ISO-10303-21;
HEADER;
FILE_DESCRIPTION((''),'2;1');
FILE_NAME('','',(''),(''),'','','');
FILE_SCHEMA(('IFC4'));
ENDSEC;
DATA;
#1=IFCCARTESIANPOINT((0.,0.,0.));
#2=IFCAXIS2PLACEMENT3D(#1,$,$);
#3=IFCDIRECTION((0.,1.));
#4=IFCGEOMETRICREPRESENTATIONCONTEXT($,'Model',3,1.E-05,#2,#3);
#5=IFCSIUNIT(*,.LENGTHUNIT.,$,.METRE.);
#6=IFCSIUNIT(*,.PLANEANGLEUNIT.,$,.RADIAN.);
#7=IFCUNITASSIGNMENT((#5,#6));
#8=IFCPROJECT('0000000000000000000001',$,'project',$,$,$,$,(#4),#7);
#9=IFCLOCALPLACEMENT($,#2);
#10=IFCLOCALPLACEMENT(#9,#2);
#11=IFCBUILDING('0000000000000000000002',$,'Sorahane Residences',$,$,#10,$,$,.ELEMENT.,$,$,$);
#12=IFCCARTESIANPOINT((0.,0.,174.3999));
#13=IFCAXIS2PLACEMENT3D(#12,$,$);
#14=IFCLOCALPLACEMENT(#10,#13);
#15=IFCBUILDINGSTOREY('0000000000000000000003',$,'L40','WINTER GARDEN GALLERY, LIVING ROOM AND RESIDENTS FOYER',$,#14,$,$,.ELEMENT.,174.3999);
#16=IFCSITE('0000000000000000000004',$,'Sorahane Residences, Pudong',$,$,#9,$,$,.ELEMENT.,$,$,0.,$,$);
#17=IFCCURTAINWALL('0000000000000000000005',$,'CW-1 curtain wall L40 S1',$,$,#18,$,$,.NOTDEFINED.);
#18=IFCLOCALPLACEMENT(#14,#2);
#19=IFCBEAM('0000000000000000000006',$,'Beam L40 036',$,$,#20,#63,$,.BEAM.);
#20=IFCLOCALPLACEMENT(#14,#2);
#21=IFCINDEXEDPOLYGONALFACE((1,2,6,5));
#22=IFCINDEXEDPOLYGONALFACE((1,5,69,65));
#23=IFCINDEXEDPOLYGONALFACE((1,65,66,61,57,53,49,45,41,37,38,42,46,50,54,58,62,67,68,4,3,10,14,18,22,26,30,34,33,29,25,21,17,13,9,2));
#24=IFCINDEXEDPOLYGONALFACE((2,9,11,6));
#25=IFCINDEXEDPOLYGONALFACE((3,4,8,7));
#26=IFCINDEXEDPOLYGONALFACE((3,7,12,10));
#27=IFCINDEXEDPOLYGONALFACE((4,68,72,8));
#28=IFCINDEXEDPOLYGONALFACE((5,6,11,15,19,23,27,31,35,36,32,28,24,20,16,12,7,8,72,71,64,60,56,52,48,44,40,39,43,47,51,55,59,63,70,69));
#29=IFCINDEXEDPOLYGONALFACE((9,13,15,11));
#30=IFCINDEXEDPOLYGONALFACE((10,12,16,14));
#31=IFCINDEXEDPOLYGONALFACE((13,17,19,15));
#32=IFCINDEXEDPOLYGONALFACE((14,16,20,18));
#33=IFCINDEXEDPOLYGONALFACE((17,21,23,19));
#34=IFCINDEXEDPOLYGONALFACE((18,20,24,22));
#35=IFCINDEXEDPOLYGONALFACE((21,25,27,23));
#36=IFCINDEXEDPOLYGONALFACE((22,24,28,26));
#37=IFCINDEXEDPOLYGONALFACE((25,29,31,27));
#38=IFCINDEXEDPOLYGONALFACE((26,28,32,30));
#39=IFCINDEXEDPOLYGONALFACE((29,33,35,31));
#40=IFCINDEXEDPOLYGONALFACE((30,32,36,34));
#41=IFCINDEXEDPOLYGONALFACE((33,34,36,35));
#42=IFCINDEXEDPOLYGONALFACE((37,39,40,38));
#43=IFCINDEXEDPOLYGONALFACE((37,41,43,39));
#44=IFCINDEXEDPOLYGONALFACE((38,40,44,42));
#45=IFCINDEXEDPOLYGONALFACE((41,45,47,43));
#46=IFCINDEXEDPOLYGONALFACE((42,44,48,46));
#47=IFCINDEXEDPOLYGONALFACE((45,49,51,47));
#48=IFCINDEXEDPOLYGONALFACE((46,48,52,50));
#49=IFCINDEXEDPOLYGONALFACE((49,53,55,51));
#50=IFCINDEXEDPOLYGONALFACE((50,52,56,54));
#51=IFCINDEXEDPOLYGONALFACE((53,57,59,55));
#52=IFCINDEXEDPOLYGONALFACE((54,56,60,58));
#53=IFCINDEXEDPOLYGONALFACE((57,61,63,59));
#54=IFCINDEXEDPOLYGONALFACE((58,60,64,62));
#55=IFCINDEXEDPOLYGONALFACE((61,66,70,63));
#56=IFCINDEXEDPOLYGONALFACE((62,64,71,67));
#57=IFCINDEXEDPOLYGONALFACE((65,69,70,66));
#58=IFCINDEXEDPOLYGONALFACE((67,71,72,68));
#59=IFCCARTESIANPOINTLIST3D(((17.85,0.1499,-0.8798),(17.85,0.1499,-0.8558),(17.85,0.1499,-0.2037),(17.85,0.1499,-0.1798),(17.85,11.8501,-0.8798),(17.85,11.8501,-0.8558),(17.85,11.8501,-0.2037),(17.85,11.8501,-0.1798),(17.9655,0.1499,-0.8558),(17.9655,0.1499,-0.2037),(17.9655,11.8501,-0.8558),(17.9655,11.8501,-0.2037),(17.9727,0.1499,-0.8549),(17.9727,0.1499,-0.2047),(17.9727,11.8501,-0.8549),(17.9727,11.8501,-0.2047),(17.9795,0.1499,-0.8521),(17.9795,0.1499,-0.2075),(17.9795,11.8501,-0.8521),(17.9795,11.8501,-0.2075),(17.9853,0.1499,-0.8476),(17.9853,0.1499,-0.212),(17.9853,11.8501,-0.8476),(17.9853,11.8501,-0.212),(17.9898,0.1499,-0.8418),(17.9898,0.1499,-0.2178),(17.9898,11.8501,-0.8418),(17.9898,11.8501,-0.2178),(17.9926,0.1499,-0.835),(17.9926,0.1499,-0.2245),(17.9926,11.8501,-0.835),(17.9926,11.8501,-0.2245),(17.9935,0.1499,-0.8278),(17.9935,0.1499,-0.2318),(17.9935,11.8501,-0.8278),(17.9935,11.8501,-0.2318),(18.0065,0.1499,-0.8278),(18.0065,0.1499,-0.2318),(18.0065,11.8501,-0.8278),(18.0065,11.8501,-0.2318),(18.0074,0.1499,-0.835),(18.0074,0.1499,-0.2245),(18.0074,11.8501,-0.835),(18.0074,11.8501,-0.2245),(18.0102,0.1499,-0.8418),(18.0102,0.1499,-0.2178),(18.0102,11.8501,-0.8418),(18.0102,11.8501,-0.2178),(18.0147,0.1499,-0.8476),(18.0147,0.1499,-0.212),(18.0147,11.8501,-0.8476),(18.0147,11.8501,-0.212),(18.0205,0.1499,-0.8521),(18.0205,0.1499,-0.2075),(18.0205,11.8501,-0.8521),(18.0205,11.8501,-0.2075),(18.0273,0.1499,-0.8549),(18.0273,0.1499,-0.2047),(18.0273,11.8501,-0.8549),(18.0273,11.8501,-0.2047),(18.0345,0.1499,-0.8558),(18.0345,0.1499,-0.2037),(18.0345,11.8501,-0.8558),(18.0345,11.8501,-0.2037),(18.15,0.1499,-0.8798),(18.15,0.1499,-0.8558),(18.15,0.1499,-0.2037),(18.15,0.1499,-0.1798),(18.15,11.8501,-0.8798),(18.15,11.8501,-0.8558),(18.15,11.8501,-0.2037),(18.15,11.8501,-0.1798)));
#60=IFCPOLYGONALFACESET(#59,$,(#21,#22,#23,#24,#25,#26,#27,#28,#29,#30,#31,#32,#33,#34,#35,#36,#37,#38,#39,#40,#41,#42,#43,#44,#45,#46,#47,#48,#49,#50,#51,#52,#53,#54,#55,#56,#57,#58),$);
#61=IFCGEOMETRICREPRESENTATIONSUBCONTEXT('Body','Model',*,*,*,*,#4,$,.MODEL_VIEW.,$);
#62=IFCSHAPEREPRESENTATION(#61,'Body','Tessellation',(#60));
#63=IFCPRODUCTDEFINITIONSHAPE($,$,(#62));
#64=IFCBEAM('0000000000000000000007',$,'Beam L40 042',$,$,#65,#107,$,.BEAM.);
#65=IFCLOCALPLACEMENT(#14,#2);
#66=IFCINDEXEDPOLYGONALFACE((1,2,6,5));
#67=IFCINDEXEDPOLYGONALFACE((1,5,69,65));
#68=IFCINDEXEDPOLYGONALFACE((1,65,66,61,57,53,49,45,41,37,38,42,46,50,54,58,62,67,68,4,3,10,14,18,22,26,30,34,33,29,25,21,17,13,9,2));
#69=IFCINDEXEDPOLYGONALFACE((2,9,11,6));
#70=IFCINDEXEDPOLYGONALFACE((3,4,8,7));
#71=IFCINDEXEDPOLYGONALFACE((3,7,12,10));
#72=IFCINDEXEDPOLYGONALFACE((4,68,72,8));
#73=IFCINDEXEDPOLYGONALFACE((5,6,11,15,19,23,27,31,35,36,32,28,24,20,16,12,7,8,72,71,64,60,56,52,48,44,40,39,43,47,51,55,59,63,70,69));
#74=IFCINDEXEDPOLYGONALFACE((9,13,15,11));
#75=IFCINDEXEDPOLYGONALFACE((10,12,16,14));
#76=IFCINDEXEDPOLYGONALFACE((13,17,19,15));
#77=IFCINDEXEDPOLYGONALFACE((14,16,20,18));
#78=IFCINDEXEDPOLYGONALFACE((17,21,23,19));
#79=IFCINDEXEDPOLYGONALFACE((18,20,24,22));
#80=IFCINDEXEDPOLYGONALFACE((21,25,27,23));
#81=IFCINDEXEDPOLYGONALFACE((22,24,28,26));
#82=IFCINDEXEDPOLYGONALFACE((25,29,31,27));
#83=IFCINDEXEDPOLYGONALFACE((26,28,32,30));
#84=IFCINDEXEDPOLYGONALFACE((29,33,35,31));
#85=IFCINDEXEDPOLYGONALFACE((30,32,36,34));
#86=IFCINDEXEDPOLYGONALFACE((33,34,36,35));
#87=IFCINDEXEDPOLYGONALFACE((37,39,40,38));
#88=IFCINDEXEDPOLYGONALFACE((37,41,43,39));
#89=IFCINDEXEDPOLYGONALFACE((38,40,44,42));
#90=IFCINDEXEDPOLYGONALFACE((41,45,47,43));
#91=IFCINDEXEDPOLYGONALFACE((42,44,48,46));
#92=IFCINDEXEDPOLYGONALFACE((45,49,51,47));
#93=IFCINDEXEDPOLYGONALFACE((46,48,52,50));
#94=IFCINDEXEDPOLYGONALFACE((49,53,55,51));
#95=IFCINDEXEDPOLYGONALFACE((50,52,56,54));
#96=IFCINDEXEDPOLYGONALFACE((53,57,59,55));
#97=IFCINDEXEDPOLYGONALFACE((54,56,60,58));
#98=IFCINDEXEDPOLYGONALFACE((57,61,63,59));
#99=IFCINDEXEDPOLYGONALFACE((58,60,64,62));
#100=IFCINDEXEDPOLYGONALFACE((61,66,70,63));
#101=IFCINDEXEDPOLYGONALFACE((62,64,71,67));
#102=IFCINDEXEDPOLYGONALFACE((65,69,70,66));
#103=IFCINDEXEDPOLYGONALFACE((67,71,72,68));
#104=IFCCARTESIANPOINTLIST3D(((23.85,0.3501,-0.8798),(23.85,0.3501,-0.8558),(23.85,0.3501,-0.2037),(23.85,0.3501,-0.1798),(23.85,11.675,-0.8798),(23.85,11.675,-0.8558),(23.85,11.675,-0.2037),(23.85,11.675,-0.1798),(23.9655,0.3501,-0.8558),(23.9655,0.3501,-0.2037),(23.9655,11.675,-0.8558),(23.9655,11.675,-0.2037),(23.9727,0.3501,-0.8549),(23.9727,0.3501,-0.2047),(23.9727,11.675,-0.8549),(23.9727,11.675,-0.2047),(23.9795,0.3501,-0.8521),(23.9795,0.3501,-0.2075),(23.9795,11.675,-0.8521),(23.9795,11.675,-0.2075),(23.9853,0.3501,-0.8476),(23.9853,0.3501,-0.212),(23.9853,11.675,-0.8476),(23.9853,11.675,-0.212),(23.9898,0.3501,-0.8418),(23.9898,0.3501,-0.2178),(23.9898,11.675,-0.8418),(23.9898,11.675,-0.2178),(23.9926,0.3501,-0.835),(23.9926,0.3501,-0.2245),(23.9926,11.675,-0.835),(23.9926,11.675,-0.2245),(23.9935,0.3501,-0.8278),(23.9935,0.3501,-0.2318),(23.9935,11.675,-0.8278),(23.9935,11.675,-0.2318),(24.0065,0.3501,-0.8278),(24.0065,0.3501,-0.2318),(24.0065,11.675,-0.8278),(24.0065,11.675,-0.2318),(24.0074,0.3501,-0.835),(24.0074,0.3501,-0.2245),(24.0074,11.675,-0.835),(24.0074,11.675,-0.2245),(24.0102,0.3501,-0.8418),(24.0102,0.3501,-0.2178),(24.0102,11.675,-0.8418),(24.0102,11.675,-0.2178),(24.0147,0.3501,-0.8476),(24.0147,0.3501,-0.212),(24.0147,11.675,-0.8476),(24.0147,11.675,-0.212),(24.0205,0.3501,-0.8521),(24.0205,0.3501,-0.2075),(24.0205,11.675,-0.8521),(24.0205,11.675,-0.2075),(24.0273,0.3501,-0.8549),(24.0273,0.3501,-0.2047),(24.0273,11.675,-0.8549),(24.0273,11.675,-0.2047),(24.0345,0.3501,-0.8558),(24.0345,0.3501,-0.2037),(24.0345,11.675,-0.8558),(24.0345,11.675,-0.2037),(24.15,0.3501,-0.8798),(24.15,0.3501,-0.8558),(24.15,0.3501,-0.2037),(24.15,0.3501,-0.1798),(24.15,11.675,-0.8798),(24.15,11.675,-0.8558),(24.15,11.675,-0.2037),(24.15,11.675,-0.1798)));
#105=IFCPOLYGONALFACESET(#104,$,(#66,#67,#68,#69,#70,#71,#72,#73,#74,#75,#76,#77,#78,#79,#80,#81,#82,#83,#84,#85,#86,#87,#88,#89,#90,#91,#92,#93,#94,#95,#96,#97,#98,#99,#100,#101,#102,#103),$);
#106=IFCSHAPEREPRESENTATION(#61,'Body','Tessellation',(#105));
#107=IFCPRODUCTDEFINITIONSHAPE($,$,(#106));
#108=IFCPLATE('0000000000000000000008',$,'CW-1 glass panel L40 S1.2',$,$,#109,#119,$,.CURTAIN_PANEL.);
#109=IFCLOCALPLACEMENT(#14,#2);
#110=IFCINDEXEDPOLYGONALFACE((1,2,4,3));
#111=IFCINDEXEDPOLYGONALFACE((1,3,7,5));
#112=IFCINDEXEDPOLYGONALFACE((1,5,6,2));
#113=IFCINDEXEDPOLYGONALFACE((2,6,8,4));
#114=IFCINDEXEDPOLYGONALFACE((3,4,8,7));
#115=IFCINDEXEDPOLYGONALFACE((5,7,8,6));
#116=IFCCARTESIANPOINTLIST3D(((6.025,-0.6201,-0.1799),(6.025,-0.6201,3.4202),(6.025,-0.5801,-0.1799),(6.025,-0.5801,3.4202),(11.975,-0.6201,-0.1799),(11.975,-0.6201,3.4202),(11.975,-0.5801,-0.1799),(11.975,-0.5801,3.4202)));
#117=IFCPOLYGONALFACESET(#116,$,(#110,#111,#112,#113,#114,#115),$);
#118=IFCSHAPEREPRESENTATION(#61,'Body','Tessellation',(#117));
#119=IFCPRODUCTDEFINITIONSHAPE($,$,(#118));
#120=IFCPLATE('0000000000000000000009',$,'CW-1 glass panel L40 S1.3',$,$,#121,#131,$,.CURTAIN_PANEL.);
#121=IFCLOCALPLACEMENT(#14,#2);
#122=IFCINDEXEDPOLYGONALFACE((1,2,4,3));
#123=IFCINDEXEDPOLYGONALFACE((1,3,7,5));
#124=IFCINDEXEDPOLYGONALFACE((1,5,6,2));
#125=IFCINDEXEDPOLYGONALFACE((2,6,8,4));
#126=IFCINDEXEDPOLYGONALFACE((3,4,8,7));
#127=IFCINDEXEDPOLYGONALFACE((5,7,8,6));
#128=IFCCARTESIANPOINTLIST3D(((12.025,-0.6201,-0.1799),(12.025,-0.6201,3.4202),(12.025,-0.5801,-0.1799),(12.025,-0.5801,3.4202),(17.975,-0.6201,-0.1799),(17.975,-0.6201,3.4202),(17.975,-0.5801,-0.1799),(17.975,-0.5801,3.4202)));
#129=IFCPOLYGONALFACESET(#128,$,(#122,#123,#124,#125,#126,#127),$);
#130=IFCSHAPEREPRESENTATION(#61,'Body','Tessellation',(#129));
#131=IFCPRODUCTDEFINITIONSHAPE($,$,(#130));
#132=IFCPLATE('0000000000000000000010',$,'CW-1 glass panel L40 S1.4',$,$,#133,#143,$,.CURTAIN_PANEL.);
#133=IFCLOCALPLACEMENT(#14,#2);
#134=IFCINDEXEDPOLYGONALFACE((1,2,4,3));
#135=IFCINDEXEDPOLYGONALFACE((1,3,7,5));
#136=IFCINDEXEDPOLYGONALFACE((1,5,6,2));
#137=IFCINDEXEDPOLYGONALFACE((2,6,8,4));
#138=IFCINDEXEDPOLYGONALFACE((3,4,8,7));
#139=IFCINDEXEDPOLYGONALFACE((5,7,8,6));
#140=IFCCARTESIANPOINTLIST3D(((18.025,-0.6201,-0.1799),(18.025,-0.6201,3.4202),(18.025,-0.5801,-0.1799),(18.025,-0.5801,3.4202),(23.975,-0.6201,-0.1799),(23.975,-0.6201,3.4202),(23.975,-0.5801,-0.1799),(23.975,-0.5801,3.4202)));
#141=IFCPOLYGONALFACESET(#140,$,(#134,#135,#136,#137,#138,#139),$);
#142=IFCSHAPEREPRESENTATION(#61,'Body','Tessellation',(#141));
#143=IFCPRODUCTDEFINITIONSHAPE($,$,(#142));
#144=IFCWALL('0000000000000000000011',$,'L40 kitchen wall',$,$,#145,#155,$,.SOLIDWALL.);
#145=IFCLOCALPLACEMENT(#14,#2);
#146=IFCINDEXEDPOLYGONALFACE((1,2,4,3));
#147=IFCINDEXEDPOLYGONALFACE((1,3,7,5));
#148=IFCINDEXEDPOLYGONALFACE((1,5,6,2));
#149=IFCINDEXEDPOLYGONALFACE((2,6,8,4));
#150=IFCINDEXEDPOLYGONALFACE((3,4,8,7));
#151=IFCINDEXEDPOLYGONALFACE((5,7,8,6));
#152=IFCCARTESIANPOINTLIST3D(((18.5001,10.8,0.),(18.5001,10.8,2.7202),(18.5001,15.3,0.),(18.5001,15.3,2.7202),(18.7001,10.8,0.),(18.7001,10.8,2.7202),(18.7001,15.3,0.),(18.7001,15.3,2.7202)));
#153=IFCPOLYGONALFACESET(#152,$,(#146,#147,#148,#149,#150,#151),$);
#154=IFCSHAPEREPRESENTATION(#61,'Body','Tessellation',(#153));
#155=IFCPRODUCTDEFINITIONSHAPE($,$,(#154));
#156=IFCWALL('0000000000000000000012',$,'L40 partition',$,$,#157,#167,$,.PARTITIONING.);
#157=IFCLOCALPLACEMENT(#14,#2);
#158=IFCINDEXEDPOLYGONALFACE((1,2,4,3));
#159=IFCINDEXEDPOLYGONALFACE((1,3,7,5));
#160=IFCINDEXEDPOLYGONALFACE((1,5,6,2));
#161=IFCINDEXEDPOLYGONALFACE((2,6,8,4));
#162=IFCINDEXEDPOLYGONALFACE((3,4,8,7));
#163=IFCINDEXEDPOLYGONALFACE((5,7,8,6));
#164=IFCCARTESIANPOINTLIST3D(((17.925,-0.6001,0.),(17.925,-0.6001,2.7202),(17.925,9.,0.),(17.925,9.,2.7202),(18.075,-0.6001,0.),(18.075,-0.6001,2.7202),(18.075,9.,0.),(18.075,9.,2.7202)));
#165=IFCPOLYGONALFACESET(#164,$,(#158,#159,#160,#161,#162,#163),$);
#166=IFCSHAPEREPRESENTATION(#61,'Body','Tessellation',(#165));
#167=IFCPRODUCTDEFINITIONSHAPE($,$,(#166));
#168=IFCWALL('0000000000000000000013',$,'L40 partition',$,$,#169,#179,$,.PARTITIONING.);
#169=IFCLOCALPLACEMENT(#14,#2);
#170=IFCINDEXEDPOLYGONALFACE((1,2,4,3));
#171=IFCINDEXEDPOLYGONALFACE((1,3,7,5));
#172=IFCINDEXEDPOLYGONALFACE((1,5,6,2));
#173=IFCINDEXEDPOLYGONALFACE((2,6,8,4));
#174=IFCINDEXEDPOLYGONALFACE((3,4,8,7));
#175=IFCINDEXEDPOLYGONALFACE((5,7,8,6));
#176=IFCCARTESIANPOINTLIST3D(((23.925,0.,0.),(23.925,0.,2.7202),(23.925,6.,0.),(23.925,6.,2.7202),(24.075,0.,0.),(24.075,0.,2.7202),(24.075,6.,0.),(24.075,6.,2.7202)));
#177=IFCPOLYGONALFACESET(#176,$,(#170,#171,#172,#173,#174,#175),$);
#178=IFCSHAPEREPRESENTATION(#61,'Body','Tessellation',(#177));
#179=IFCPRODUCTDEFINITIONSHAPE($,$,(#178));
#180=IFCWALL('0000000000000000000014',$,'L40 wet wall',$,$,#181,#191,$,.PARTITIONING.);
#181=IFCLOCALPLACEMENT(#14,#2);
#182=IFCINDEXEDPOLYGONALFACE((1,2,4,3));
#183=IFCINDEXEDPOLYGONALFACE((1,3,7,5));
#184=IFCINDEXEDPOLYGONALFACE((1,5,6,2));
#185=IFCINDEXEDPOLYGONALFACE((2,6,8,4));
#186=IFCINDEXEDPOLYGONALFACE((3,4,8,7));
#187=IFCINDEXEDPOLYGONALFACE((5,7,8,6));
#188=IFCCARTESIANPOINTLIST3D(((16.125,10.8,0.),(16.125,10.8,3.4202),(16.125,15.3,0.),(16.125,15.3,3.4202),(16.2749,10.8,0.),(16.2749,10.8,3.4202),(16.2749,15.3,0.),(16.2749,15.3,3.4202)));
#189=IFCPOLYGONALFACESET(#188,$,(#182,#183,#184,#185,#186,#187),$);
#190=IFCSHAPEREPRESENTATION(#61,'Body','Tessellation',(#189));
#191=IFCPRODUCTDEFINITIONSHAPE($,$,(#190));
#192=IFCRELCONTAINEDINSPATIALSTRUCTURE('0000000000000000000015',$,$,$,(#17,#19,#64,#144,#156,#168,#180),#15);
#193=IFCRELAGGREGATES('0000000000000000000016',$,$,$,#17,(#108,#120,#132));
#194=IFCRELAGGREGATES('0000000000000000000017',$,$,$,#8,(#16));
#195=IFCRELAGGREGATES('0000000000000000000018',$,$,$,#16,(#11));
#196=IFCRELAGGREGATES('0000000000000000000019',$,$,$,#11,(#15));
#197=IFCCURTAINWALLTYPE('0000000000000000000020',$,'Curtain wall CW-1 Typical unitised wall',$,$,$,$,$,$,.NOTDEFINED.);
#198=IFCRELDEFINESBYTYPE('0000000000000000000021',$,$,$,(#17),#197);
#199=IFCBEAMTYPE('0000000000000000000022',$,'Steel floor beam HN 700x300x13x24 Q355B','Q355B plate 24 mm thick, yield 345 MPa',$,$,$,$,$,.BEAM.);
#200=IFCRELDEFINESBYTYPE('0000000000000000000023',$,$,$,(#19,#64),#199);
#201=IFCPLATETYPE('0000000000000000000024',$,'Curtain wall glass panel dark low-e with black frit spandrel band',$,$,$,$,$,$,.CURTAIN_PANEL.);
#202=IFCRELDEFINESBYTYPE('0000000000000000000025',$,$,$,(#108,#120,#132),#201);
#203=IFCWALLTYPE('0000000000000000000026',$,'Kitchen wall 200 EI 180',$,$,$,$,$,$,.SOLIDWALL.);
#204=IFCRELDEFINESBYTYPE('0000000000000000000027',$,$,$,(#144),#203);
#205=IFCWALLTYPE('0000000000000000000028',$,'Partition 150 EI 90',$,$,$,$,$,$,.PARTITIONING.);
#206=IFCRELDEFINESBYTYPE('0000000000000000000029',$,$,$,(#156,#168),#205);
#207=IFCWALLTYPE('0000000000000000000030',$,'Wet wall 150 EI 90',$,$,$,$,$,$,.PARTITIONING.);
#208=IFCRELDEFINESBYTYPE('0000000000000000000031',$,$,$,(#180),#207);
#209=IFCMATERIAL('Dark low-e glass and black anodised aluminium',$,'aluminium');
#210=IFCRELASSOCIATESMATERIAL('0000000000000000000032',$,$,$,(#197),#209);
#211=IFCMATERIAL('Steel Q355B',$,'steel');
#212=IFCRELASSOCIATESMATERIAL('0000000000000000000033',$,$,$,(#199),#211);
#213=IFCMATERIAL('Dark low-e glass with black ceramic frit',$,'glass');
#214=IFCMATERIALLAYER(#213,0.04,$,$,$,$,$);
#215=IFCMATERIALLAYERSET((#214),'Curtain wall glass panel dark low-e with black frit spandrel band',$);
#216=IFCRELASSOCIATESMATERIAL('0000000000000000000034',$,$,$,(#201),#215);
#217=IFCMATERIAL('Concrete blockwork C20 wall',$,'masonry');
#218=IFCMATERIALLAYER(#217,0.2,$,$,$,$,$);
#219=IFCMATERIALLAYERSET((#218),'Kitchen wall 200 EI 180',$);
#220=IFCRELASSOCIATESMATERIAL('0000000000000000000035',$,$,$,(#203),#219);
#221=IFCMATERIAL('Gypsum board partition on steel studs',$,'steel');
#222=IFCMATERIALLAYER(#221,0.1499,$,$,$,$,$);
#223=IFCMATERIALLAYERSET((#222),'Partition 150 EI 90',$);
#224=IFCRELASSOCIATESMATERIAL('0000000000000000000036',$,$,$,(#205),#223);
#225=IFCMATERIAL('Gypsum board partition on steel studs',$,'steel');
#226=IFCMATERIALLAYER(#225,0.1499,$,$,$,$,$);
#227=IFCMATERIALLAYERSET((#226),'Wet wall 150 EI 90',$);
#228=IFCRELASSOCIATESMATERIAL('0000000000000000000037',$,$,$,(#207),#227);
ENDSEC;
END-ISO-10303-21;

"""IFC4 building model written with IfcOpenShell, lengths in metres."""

from ifc_helpers import new_model, si_unit, direction, frame, frame_2d, origin, origin_2d, place, context, subcontext, project, spatial, rectangle, i_section, extrude, material, layer, layer_set, material_profile, profile_set, type_object, element, aggregate, save


model = new_model("IFC4")

# Units and contexts
model_context = context("Model", 3, precision=1e-05, world=origin(), true_north=direction((0.0, 1.0)))
body_context = subcontext(model_context, "Body", "Model", "MODEL_VIEW")
ifc_project = project(units=[si_unit("LENGTHUNIT", "METRE"), si_unit("PLANEANGLEUNIT", "RADIAN")], contexts=[model_context])

# Site, building, storey
site_placement = place(None, origin())
site = spatial("IfcSite", under=ifc_project, at=site_placement, Name="Sorahane Residences, Pudong", CompositionType="ELEMENT", RefElevation=0.0)
building_placement = place(site_placement, origin())
building = spatial("IfcBuilding", under=site, at=building_placement, Name="Sorahane Residences", CompositionType="ELEMENT")
storey_placement = place(building_placement, frame((0.0, 0.0, 174.3999)))
storey = spatial("IfcBuildingStorey", under=building, at=storey_placement, Name="L40", Description="WINTER GARDEN GALLERY, LIVING ROOM AND RESIDENTS FOYER", CompositionType="ELEMENT", Elevation=174.3999)

# Curtain wall
ifc_material_1 = material(Name="Dark low-e glass and black anodised aluminium", Category="aluminium")
curtain_wall_type = type_object("IfcCurtainWallType", Name="Curtain wall CW-1 Typical unitised wall", PredefinedType="NOTDEFINED", material=ifc_material_1)
curtain_wall_placement = place(storey_placement, origin())
curtain_wall = element("IfcCurtainWall", 1, at=curtain_wall_placement, inside=storey, type_object=curtain_wall_type, Name="CW-1 curtain wall L40 S1", PredefinedType="NOTDEFINED")

# Beams
ifc_material_2 = material(Name="Steel Q355B", Category="steel")
ifc_material_profile_1 = material_profile(ifc_material_2, i_section(OverallWidth=0.3, OverallDepth=0.7, WebThickness=0.0129, FlangeThickness=0.0239, FilletRadius=0.0281, at=origin_2d()), Name="HN 700x300x13x24")
ifc_profile_set_1 = profile_set([ifc_material_profile_1], Name="Steel Q355B")
beam_type_1 = type_object("IfcBeamType", Name="Steel floor beam HN 700x300x13x24 Q355B", Description="Q355B plate 24 mm thick, yield 345 MPa", PredefinedType="BEAM", material=ifc_profile_set_1)
beam_1_placement = place(storey_placement, frame((18.0, 0.1499, -0.5298), z_axis=(0.0, 1.0, 0.0), x_axis=(-1.0, 0.0, 0.0)))
element("IfcBeam", 2, at=beam_1_placement, inside=storey, type_object=beam_type_1, Name="Beam L40 036", PredefinedType="BEAM", context=body_context, shape_type="SweptSolid", body=[
    extrude(i_section(OverallWidth=0.3, OverallDepth=0.7, WebThickness=0.0129, FlangeThickness=0.0239, FilletRadius=0.0281, at=origin_2d()), origin(), (0.0, 0.0, 1.0), 11.7002),
])
beam_2_placement = place(storey_placement, frame((24.0, 0.3501, -0.5298), z_axis=(0.0, 1.0, 0.0), x_axis=(-1.0, 0.0, 0.0)))
element("IfcBeam", 3, at=beam_2_placement, inside=storey, type_object=beam_type_1, Name="Beam L40 042", PredefinedType="BEAM", context=body_context, shape_type="SweptSolid", body=[
    extrude(i_section(OverallWidth=0.3, OverallDepth=0.7, WebThickness=0.0129, FlangeThickness=0.0239, FilletRadius=0.0281, at=origin_2d()), origin(), (0.0, 0.0, 1.0), 11.325),
])

# Plates
ifc_material_3 = material(Name="Dark low-e glass with black ceramic frit", Category="glass")
ifc_layer_1 = layer(ifc_material_3, 0.04)
ifc_layer_set_1 = layer_set([ifc_layer_1], Name="Curtain wall glass panel dark low-e with black frit spandrel band")
plate_type = type_object("IfcPlateType", Name="Curtain wall glass panel dark low-e with black frit spandrel band", PredefinedType="CURTAIN_PANEL", material=ifc_layer_set_1)
plate_1_placement = place(storey_placement, frame((9.0, -0.6001, -0.1799), z_axis=(0.0, 0.0, 1.0), x_axis=(1.0, 0.0, 0.0)))
plate_1 = element("IfcPlate", 4, at=plate_1_placement, type_object=plate_type, Name="CW-1 glass panel L40 S1.2", PredefinedType="CURTAIN_PANEL", context=body_context, shape_type="SweptSolid", body=[
    extrude(rectangle(XDim=5.95, YDim=0.04, at=origin_2d()), origin(), (0.0, 0.0, 1.0), 3.6001),
])
plate_2_placement = place(storey_placement, frame((15.0, -0.6001, -0.1799), z_axis=(0.0, 0.0, 1.0), x_axis=(1.0, 0.0, 0.0)))
plate_2 = element("IfcPlate", 5, at=plate_2_placement, type_object=plate_type, Name="CW-1 glass panel L40 S1.3", PredefinedType="CURTAIN_PANEL", context=body_context, shape_type="SweptSolid", body=[
    extrude(rectangle(XDim=5.95, YDim=0.04, at=origin_2d()), origin(), (0.0, 0.0, 1.0), 3.6001),
])
plate_3_placement = place(storey_placement, frame((21.0, -0.6001, -0.1799), z_axis=(0.0, 0.0, 1.0), x_axis=(1.0, 0.0, 0.0)))
plate_3 = element("IfcPlate", 6, at=plate_3_placement, type_object=plate_type, Name="CW-1 glass panel L40 S1.4", PredefinedType="CURTAIN_PANEL", context=body_context, shape_type="SweptSolid", body=[
    extrude(rectangle(XDim=5.95, YDim=0.04, at=origin_2d()), origin(), (0.0, 0.0, 1.0), 3.6001),
])
aggregate(curtain_wall, [plate_1, plate_2, plate_3])

# Wall
ifc_material_4 = material(Name="Concrete blockwork C20 wall", Category="masonry")
ifc_layer_2 = layer(ifc_material_4, 0.2)
ifc_layer_set_2 = layer_set([ifc_layer_2], Name="Kitchen wall 200 EI 180")
wall_type_1 = type_object("IfcWallType", Name="Kitchen wall 200 EI 180", PredefinedType="SOLIDWALL", material=ifc_layer_set_2)
wall_1_placement = place(storey_placement, frame((18.6001, 10.8, 0.0), z_axis=(0.0, 0.0, 1.0), x_axis=(0.0, 1.0, 0.0)))
element("IfcWall", 7, at=wall_1_placement, inside=storey, type_object=wall_type_1, Name="L40 kitchen wall", PredefinedType="SOLIDWALL", context=body_context, shape_type="SweptSolid", body=[
    extrude(rectangle(XDim=4.5, YDim=0.2, at=frame_2d((2.25, 0.0))), origin(), (0.0, 0.0, 1.0), 2.7202),
])

# Walls
ifc_material_5 = material(Name="Gypsum board partition on steel studs", Category="steel")
ifc_layer_3 = layer(ifc_material_5, 0.1499)
ifc_layer_set_3 = layer_set([ifc_layer_3], Name="Partition 150 EI 90")
wall_type_2 = type_object("IfcWallType", Name="Partition 150 EI 90", PredefinedType="PARTITIONING", material=ifc_layer_set_3)
wall_2_placement = place(storey_placement, frame((18.0, -0.6001, 0.0), z_axis=(0.0, 0.0, 1.0), x_axis=(0.0, 1.0, 0.0)))
element("IfcWall", 8, at=wall_2_placement, inside=storey, type_object=wall_type_2, Name="L40 partition", PredefinedType="PARTITIONING", context=body_context, shape_type="SweptSolid", body=[
    extrude(rectangle(XDim=9.6001, YDim=0.1499, at=frame_2d((4.8, 0.0))), origin(), (0.0, 0.0, 1.0), 2.7202),
])
wall_3_placement = place(storey_placement, frame((24.0, 0.0, 0.0), z_axis=(0.0, 0.0, 1.0), x_axis=(0.0, 1.0, 0.0)))
element("IfcWall", 9, at=wall_3_placement, inside=storey, type_object=wall_type_2, Name="L40 partition", PredefinedType="PARTITIONING", context=body_context, shape_type="SweptSolid", body=[
    extrude(rectangle(XDim=6.0, YDim=0.1499, at=frame_2d((3.0, 0.0))), origin(), (0.0, 0.0, 1.0), 2.7202),
])
ifc_material_6 = material(Name="Gypsum board partition on steel studs", Category="steel")
ifc_layer_4 = layer(ifc_material_6, 0.1499)
ifc_layer_set_4 = layer_set([ifc_layer_4], Name="Wet wall 150 EI 90")
wall_type_3 = type_object("IfcWallType", Name="Wet wall 150 EI 90", PredefinedType="PARTITIONING", material=ifc_layer_set_4)
wall_4_placement = place(storey_placement, frame((16.2, 10.8, 0.0), z_axis=(0.0, 0.0, 1.0), x_axis=(0.0, 1.0, 0.0)))
element("IfcWall", 10, at=wall_4_placement, inside=storey, type_object=wall_type_3, Name="L40 wet wall", PredefinedType="PARTITIONING", context=body_context, shape_type="SweptSolid", body=[
    extrude(rectangle(XDim=4.5, YDim=0.1499, at=frame_2d((2.25, 0.0))), origin(), (0.0, 0.0, 1.0), 3.4202),
])

save(model, "model.ifc")
